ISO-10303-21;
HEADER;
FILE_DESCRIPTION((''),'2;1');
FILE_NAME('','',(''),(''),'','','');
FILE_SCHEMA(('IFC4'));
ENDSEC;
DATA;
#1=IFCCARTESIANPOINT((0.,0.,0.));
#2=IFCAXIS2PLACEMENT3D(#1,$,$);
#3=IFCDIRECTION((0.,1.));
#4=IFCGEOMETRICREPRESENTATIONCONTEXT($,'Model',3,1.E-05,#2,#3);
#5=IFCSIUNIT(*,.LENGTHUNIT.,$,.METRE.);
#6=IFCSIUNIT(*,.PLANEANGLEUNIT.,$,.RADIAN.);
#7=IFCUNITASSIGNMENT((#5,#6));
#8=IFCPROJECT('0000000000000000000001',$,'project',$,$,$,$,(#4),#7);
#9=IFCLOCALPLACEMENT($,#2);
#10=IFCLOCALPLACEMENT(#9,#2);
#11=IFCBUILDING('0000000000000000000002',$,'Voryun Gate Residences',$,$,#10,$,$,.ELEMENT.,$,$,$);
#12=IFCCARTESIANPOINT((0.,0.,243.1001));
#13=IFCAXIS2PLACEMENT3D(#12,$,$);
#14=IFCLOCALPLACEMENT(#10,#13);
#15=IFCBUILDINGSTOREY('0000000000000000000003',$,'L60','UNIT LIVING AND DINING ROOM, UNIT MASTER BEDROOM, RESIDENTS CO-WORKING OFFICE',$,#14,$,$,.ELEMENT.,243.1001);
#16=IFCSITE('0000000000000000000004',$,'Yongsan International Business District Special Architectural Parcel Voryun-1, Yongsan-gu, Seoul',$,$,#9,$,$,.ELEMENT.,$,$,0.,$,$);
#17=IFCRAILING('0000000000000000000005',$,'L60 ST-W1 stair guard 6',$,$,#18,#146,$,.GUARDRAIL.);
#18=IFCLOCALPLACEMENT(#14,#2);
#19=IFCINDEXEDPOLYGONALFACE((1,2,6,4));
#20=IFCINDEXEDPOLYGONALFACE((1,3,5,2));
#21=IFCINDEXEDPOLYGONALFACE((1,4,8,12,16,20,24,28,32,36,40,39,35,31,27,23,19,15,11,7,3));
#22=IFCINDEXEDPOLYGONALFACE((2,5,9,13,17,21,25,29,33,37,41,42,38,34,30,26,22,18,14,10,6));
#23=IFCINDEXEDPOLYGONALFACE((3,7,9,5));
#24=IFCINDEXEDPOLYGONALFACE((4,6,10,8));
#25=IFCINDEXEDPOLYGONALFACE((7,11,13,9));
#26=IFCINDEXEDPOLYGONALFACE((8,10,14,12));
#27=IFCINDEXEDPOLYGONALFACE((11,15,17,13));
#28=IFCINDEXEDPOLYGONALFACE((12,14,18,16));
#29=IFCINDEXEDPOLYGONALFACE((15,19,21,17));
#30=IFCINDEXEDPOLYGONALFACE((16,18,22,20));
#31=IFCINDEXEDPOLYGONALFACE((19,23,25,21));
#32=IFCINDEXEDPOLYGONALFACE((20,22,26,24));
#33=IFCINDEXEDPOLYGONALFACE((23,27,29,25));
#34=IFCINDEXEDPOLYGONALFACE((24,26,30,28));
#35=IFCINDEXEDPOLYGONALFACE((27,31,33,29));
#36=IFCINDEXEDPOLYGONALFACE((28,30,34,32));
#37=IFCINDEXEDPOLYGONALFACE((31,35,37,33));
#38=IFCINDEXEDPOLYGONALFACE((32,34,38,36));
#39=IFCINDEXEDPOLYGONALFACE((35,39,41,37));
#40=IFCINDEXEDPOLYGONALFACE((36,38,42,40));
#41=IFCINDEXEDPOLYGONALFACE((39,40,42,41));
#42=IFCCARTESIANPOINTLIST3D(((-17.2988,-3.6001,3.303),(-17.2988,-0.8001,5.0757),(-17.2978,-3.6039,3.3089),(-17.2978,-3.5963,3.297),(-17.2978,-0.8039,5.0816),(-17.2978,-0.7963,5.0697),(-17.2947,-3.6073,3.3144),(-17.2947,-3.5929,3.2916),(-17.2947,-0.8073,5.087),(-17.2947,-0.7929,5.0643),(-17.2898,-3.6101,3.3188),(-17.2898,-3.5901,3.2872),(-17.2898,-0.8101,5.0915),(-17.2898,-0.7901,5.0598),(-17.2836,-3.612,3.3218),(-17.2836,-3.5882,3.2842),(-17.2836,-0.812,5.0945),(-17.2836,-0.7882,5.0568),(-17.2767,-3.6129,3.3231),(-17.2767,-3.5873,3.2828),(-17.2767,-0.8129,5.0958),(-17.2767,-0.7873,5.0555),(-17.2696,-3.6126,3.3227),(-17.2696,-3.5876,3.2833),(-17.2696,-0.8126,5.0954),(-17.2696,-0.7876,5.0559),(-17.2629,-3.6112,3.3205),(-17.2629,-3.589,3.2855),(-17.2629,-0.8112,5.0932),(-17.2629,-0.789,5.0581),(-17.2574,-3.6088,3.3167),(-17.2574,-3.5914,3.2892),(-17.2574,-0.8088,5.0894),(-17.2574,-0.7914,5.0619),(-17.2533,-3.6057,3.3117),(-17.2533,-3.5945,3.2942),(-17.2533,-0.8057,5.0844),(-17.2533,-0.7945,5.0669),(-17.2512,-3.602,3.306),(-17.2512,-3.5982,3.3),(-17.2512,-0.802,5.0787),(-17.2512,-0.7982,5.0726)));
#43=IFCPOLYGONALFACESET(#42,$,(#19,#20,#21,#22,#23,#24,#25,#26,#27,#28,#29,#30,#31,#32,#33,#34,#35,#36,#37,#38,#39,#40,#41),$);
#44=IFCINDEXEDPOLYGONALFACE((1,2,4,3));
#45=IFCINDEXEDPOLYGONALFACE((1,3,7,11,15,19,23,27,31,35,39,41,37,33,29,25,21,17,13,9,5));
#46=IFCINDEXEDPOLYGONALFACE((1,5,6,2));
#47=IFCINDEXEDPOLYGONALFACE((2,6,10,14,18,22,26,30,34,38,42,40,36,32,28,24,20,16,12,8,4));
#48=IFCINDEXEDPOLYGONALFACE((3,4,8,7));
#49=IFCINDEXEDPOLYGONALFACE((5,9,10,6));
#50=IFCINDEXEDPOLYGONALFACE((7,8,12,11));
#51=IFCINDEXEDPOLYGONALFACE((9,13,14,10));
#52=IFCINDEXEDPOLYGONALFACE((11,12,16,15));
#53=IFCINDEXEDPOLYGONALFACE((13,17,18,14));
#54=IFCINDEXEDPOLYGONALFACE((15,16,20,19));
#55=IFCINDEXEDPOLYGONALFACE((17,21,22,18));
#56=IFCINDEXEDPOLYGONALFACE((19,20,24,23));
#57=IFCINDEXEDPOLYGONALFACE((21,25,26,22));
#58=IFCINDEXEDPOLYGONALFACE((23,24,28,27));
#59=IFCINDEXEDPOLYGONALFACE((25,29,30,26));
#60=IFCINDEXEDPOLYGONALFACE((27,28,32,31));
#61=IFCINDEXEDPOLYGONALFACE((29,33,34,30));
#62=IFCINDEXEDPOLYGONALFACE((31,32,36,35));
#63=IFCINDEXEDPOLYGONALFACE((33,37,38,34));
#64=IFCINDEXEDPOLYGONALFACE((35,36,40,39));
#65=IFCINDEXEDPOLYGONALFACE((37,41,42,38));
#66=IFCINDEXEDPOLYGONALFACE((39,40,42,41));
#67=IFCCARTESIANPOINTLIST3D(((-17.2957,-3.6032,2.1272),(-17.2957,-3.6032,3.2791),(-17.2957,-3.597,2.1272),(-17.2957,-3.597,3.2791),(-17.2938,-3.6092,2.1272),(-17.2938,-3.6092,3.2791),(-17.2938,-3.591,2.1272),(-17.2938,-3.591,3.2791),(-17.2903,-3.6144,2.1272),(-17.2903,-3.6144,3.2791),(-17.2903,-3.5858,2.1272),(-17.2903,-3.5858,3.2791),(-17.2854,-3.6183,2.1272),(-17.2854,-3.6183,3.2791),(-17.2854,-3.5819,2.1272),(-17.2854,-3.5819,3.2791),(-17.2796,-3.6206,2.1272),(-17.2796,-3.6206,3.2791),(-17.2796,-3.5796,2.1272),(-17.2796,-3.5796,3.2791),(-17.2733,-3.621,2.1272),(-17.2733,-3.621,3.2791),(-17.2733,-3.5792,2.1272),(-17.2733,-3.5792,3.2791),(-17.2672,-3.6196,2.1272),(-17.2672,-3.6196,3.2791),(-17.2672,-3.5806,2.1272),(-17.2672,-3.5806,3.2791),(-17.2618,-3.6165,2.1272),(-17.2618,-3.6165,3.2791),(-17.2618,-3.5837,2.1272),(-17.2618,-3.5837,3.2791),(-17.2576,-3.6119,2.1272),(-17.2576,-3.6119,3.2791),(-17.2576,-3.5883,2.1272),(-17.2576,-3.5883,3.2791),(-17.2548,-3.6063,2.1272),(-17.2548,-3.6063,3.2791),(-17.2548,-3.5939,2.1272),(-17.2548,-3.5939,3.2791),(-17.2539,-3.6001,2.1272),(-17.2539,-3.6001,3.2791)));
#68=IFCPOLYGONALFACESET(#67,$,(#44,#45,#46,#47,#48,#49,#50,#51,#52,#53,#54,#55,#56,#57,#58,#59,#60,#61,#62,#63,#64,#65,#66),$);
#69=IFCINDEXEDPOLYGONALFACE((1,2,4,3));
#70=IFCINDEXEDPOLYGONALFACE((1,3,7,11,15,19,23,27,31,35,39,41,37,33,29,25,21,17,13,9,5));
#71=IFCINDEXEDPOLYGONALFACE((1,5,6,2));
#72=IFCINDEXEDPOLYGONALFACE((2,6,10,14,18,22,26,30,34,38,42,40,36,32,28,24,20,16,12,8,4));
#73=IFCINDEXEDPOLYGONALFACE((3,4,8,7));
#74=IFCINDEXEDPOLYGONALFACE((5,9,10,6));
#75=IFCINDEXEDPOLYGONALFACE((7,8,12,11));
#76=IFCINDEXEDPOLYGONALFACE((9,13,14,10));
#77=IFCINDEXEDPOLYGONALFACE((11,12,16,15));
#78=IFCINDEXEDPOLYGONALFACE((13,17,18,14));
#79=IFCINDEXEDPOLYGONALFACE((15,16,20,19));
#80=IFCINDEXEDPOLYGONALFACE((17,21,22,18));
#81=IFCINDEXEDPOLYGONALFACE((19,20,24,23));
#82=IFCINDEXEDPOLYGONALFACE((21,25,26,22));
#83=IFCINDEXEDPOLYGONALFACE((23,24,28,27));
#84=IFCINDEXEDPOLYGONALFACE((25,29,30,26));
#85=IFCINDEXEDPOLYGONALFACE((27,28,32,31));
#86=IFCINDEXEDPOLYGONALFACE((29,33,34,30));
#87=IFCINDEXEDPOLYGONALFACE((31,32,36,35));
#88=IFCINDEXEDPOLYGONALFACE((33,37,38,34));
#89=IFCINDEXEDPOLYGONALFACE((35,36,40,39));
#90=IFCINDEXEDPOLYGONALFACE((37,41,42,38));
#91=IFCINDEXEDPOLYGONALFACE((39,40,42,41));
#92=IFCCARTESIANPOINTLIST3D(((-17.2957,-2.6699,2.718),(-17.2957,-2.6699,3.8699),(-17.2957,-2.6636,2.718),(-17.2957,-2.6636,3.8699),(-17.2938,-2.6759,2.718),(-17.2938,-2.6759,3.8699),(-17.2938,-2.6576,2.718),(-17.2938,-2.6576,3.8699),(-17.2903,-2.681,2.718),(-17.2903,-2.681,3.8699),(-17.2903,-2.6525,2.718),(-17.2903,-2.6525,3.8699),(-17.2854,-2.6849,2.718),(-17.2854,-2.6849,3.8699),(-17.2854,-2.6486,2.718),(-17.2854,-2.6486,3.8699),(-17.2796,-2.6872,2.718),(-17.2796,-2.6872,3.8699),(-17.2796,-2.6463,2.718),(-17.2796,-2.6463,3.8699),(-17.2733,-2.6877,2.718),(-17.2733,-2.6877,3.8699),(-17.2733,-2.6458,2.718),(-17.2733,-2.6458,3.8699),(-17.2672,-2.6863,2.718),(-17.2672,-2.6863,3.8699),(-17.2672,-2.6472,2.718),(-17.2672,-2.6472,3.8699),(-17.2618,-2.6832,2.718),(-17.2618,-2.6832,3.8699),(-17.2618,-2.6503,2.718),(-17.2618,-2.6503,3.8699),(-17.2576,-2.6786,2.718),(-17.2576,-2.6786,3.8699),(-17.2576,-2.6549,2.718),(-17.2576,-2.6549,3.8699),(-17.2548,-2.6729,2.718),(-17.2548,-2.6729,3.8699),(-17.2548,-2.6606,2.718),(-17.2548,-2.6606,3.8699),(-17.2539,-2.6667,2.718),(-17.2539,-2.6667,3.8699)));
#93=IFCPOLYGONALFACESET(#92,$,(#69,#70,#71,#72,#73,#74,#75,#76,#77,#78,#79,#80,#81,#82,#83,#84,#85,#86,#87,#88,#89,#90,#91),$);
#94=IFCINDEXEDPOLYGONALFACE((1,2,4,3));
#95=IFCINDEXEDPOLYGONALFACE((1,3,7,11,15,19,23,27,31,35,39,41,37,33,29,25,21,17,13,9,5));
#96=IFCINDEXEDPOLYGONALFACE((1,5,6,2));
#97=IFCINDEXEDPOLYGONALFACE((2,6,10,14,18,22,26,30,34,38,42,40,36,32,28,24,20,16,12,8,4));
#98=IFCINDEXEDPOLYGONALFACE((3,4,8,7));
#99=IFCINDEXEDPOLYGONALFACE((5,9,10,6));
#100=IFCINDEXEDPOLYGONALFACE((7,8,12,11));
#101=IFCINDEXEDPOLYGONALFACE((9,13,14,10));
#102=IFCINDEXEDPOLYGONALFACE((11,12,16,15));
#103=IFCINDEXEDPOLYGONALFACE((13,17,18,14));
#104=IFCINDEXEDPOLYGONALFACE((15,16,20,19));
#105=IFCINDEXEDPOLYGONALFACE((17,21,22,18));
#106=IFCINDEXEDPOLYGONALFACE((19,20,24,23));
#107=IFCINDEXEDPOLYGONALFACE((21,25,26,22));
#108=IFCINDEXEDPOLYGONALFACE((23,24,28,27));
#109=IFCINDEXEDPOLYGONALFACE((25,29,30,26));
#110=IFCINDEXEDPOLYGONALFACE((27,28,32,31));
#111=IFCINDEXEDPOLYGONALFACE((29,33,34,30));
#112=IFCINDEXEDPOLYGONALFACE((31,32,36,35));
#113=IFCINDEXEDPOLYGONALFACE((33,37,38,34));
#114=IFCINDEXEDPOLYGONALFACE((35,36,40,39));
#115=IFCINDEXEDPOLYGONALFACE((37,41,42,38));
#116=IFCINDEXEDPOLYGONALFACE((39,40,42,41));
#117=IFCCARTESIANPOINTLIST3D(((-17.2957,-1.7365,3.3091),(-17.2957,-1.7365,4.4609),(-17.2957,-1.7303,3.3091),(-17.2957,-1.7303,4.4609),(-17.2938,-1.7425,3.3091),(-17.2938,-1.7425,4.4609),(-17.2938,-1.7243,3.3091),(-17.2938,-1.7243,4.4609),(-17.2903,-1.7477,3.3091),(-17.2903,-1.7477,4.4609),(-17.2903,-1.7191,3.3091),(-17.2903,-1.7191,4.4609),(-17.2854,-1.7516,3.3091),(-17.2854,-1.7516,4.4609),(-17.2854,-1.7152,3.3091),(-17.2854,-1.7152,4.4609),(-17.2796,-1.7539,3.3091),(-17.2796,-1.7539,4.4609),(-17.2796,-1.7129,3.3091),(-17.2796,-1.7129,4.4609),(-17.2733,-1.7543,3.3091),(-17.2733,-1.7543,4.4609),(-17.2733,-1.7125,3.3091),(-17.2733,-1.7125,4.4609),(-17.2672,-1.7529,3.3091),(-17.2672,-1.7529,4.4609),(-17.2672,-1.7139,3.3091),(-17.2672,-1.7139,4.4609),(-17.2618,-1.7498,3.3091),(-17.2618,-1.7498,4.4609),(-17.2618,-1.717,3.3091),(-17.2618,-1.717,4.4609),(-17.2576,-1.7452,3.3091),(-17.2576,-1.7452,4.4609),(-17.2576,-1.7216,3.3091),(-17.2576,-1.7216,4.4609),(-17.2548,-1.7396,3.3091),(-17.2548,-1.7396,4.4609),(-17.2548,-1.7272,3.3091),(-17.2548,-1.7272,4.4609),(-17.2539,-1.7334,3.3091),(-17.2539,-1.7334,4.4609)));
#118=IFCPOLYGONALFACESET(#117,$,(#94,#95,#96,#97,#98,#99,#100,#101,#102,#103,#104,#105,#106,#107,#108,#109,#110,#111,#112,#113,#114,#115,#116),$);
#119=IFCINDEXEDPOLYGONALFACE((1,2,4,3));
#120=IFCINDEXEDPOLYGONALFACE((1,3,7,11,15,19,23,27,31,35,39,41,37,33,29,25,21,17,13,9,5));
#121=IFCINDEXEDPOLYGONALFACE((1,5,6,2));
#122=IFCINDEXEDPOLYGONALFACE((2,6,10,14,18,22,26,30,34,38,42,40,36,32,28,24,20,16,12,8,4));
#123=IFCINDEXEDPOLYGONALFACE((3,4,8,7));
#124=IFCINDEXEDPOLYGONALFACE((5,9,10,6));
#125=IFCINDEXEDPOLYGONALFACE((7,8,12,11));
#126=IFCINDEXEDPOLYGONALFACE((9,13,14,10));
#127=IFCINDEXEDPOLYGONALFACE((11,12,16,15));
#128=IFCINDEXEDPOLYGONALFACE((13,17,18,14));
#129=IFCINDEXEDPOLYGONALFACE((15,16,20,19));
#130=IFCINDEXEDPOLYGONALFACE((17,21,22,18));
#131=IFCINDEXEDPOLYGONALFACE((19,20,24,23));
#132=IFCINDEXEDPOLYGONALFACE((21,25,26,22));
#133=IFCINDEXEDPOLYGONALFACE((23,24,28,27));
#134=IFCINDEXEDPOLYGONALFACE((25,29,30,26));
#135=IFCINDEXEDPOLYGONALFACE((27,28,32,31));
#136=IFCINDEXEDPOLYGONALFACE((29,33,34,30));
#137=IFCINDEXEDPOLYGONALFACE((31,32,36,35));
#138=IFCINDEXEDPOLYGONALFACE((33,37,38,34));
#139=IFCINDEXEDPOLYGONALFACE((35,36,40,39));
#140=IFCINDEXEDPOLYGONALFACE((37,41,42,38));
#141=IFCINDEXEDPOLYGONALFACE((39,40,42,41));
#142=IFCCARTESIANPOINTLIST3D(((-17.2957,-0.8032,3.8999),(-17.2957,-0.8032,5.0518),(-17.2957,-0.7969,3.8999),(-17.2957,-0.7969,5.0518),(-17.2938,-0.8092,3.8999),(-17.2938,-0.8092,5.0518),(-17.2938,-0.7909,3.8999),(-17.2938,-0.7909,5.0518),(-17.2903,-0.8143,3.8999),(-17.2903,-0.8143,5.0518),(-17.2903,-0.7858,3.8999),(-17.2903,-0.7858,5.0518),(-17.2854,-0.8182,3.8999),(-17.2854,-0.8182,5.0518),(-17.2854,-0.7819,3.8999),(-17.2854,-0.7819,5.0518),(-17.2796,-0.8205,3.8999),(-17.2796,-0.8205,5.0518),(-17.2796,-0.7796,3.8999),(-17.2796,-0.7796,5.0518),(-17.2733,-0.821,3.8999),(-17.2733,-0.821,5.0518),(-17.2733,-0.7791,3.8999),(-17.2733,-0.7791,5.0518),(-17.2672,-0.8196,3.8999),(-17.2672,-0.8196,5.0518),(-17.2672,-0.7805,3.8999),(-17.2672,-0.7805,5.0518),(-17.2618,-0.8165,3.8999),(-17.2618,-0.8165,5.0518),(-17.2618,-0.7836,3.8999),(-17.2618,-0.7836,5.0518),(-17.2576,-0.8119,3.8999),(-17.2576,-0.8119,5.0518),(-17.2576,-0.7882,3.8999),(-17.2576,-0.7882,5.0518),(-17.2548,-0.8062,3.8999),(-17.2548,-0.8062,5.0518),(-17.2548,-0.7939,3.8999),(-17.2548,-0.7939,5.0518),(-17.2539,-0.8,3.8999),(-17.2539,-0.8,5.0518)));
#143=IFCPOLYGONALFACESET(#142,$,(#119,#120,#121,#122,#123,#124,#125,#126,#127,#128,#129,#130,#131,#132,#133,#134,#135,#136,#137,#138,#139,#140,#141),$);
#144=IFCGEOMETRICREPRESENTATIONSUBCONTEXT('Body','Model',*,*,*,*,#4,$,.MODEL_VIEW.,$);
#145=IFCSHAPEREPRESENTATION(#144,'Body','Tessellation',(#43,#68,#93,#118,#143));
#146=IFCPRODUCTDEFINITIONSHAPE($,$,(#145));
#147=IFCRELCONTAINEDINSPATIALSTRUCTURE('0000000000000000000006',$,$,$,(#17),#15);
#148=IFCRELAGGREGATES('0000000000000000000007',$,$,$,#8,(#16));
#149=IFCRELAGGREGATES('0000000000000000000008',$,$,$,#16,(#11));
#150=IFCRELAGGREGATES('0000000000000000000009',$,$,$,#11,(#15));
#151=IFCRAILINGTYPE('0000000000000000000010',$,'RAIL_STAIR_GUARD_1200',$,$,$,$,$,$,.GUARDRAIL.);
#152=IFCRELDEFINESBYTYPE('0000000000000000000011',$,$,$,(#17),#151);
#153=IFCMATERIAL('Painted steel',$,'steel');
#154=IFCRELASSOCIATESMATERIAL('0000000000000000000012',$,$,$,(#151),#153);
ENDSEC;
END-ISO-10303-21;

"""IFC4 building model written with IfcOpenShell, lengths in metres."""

from ifc_helpers import new_model, si_unit, direction, frame, origin, origin_2d, place, context, subcontext, project, spatial, circle, extrude, material, type_object, element, save


model = new_model("IFC4")

# Units and contexts
model_context = context("Model", 3, precision=1e-05, world=origin(), true_north=direction((0.0, 1.0)))
body_context = subcontext(model_context, "Body", "Model", "MODEL_VIEW")
ifc_project = project(units=[si_unit("LENGTHUNIT", "METRE"), si_unit("PLANEANGLEUNIT", "RADIAN")], contexts=[model_context])

# Site, building, storey
site_placement = place(None, origin())
site = spatial("IfcSite", under=ifc_project, at=site_placement, Name="Yongsan International Business District Special Architectural Parcel Voryun-1, Yongsan-gu, Seoul", CompositionType="ELEMENT", RefElevation=0.0)
building_placement = place(site_placement, origin())
building = spatial("IfcBuilding", under=site, at=building_placement, Name="Voryun Gate Residences", CompositionType="ELEMENT")
storey_placement = place(building_placement, frame((0.0, 0.0, 243.1001)))
storey = spatial("IfcBuildingStorey", under=building, at=storey_placement, Name="L60", Description="UNIT LIVING AND DINING ROOM, UNIT MASTER BEDROOM, RESIDENTS CO-WORKING OFFICE", CompositionType="ELEMENT", Elevation=243.1001)

# Railing
ifc_material_1 = material(Name="Painted steel", Category="steel")
railing_type_1 = type_object("IfcRailingType", Name="RAIL_STAIR_GUARD_1200", PredefinedType="GUARDRAIL", material=ifc_material_1)
railing_1_placement = place(storey_placement, frame((-17.2749, -3.6001, 2.1272)))
element("IfcRailing", 1, at=railing_1_placement, inside=storey, type_object=railing_type_1, Name="L60 ST-W1 stair guard 6", PredefinedType="GUARDRAIL", context=body_context, shape_type="SweptSolid", body=[
    extrude(circle(Radius=0.0239, at=origin_2d()), frame((0.0, 0.0, 1.1758), z_axis=(0.0, 0.844909, 0.53491), x_axis=(-1.0, 0.0, 0.0)), (0.0, 0.0, 1.0), 3.314),
    extrude(circle(Radius=0.021, at=origin_2d()), origin(), (0.0, 0.0, 1.0), 1.1519),
    extrude(circle(Radius=0.021, at=origin_2d()), frame((0.0, 0.9333, 0.5908)), (0.0, 0.0, 1.0), 1.1519),
    extrude(circle(Radius=0.021, at=origin_2d()), frame((0.0, 1.8667, 1.1819)), (0.0, 0.0, 1.0), 1.1519),
    extrude(circle(Radius=0.021, at=origin_2d()), frame((0.0, 2.8, 1.7727)), (0.0, 0.0, 1.0), 1.1519),
])

save(model, "model.ifc")
